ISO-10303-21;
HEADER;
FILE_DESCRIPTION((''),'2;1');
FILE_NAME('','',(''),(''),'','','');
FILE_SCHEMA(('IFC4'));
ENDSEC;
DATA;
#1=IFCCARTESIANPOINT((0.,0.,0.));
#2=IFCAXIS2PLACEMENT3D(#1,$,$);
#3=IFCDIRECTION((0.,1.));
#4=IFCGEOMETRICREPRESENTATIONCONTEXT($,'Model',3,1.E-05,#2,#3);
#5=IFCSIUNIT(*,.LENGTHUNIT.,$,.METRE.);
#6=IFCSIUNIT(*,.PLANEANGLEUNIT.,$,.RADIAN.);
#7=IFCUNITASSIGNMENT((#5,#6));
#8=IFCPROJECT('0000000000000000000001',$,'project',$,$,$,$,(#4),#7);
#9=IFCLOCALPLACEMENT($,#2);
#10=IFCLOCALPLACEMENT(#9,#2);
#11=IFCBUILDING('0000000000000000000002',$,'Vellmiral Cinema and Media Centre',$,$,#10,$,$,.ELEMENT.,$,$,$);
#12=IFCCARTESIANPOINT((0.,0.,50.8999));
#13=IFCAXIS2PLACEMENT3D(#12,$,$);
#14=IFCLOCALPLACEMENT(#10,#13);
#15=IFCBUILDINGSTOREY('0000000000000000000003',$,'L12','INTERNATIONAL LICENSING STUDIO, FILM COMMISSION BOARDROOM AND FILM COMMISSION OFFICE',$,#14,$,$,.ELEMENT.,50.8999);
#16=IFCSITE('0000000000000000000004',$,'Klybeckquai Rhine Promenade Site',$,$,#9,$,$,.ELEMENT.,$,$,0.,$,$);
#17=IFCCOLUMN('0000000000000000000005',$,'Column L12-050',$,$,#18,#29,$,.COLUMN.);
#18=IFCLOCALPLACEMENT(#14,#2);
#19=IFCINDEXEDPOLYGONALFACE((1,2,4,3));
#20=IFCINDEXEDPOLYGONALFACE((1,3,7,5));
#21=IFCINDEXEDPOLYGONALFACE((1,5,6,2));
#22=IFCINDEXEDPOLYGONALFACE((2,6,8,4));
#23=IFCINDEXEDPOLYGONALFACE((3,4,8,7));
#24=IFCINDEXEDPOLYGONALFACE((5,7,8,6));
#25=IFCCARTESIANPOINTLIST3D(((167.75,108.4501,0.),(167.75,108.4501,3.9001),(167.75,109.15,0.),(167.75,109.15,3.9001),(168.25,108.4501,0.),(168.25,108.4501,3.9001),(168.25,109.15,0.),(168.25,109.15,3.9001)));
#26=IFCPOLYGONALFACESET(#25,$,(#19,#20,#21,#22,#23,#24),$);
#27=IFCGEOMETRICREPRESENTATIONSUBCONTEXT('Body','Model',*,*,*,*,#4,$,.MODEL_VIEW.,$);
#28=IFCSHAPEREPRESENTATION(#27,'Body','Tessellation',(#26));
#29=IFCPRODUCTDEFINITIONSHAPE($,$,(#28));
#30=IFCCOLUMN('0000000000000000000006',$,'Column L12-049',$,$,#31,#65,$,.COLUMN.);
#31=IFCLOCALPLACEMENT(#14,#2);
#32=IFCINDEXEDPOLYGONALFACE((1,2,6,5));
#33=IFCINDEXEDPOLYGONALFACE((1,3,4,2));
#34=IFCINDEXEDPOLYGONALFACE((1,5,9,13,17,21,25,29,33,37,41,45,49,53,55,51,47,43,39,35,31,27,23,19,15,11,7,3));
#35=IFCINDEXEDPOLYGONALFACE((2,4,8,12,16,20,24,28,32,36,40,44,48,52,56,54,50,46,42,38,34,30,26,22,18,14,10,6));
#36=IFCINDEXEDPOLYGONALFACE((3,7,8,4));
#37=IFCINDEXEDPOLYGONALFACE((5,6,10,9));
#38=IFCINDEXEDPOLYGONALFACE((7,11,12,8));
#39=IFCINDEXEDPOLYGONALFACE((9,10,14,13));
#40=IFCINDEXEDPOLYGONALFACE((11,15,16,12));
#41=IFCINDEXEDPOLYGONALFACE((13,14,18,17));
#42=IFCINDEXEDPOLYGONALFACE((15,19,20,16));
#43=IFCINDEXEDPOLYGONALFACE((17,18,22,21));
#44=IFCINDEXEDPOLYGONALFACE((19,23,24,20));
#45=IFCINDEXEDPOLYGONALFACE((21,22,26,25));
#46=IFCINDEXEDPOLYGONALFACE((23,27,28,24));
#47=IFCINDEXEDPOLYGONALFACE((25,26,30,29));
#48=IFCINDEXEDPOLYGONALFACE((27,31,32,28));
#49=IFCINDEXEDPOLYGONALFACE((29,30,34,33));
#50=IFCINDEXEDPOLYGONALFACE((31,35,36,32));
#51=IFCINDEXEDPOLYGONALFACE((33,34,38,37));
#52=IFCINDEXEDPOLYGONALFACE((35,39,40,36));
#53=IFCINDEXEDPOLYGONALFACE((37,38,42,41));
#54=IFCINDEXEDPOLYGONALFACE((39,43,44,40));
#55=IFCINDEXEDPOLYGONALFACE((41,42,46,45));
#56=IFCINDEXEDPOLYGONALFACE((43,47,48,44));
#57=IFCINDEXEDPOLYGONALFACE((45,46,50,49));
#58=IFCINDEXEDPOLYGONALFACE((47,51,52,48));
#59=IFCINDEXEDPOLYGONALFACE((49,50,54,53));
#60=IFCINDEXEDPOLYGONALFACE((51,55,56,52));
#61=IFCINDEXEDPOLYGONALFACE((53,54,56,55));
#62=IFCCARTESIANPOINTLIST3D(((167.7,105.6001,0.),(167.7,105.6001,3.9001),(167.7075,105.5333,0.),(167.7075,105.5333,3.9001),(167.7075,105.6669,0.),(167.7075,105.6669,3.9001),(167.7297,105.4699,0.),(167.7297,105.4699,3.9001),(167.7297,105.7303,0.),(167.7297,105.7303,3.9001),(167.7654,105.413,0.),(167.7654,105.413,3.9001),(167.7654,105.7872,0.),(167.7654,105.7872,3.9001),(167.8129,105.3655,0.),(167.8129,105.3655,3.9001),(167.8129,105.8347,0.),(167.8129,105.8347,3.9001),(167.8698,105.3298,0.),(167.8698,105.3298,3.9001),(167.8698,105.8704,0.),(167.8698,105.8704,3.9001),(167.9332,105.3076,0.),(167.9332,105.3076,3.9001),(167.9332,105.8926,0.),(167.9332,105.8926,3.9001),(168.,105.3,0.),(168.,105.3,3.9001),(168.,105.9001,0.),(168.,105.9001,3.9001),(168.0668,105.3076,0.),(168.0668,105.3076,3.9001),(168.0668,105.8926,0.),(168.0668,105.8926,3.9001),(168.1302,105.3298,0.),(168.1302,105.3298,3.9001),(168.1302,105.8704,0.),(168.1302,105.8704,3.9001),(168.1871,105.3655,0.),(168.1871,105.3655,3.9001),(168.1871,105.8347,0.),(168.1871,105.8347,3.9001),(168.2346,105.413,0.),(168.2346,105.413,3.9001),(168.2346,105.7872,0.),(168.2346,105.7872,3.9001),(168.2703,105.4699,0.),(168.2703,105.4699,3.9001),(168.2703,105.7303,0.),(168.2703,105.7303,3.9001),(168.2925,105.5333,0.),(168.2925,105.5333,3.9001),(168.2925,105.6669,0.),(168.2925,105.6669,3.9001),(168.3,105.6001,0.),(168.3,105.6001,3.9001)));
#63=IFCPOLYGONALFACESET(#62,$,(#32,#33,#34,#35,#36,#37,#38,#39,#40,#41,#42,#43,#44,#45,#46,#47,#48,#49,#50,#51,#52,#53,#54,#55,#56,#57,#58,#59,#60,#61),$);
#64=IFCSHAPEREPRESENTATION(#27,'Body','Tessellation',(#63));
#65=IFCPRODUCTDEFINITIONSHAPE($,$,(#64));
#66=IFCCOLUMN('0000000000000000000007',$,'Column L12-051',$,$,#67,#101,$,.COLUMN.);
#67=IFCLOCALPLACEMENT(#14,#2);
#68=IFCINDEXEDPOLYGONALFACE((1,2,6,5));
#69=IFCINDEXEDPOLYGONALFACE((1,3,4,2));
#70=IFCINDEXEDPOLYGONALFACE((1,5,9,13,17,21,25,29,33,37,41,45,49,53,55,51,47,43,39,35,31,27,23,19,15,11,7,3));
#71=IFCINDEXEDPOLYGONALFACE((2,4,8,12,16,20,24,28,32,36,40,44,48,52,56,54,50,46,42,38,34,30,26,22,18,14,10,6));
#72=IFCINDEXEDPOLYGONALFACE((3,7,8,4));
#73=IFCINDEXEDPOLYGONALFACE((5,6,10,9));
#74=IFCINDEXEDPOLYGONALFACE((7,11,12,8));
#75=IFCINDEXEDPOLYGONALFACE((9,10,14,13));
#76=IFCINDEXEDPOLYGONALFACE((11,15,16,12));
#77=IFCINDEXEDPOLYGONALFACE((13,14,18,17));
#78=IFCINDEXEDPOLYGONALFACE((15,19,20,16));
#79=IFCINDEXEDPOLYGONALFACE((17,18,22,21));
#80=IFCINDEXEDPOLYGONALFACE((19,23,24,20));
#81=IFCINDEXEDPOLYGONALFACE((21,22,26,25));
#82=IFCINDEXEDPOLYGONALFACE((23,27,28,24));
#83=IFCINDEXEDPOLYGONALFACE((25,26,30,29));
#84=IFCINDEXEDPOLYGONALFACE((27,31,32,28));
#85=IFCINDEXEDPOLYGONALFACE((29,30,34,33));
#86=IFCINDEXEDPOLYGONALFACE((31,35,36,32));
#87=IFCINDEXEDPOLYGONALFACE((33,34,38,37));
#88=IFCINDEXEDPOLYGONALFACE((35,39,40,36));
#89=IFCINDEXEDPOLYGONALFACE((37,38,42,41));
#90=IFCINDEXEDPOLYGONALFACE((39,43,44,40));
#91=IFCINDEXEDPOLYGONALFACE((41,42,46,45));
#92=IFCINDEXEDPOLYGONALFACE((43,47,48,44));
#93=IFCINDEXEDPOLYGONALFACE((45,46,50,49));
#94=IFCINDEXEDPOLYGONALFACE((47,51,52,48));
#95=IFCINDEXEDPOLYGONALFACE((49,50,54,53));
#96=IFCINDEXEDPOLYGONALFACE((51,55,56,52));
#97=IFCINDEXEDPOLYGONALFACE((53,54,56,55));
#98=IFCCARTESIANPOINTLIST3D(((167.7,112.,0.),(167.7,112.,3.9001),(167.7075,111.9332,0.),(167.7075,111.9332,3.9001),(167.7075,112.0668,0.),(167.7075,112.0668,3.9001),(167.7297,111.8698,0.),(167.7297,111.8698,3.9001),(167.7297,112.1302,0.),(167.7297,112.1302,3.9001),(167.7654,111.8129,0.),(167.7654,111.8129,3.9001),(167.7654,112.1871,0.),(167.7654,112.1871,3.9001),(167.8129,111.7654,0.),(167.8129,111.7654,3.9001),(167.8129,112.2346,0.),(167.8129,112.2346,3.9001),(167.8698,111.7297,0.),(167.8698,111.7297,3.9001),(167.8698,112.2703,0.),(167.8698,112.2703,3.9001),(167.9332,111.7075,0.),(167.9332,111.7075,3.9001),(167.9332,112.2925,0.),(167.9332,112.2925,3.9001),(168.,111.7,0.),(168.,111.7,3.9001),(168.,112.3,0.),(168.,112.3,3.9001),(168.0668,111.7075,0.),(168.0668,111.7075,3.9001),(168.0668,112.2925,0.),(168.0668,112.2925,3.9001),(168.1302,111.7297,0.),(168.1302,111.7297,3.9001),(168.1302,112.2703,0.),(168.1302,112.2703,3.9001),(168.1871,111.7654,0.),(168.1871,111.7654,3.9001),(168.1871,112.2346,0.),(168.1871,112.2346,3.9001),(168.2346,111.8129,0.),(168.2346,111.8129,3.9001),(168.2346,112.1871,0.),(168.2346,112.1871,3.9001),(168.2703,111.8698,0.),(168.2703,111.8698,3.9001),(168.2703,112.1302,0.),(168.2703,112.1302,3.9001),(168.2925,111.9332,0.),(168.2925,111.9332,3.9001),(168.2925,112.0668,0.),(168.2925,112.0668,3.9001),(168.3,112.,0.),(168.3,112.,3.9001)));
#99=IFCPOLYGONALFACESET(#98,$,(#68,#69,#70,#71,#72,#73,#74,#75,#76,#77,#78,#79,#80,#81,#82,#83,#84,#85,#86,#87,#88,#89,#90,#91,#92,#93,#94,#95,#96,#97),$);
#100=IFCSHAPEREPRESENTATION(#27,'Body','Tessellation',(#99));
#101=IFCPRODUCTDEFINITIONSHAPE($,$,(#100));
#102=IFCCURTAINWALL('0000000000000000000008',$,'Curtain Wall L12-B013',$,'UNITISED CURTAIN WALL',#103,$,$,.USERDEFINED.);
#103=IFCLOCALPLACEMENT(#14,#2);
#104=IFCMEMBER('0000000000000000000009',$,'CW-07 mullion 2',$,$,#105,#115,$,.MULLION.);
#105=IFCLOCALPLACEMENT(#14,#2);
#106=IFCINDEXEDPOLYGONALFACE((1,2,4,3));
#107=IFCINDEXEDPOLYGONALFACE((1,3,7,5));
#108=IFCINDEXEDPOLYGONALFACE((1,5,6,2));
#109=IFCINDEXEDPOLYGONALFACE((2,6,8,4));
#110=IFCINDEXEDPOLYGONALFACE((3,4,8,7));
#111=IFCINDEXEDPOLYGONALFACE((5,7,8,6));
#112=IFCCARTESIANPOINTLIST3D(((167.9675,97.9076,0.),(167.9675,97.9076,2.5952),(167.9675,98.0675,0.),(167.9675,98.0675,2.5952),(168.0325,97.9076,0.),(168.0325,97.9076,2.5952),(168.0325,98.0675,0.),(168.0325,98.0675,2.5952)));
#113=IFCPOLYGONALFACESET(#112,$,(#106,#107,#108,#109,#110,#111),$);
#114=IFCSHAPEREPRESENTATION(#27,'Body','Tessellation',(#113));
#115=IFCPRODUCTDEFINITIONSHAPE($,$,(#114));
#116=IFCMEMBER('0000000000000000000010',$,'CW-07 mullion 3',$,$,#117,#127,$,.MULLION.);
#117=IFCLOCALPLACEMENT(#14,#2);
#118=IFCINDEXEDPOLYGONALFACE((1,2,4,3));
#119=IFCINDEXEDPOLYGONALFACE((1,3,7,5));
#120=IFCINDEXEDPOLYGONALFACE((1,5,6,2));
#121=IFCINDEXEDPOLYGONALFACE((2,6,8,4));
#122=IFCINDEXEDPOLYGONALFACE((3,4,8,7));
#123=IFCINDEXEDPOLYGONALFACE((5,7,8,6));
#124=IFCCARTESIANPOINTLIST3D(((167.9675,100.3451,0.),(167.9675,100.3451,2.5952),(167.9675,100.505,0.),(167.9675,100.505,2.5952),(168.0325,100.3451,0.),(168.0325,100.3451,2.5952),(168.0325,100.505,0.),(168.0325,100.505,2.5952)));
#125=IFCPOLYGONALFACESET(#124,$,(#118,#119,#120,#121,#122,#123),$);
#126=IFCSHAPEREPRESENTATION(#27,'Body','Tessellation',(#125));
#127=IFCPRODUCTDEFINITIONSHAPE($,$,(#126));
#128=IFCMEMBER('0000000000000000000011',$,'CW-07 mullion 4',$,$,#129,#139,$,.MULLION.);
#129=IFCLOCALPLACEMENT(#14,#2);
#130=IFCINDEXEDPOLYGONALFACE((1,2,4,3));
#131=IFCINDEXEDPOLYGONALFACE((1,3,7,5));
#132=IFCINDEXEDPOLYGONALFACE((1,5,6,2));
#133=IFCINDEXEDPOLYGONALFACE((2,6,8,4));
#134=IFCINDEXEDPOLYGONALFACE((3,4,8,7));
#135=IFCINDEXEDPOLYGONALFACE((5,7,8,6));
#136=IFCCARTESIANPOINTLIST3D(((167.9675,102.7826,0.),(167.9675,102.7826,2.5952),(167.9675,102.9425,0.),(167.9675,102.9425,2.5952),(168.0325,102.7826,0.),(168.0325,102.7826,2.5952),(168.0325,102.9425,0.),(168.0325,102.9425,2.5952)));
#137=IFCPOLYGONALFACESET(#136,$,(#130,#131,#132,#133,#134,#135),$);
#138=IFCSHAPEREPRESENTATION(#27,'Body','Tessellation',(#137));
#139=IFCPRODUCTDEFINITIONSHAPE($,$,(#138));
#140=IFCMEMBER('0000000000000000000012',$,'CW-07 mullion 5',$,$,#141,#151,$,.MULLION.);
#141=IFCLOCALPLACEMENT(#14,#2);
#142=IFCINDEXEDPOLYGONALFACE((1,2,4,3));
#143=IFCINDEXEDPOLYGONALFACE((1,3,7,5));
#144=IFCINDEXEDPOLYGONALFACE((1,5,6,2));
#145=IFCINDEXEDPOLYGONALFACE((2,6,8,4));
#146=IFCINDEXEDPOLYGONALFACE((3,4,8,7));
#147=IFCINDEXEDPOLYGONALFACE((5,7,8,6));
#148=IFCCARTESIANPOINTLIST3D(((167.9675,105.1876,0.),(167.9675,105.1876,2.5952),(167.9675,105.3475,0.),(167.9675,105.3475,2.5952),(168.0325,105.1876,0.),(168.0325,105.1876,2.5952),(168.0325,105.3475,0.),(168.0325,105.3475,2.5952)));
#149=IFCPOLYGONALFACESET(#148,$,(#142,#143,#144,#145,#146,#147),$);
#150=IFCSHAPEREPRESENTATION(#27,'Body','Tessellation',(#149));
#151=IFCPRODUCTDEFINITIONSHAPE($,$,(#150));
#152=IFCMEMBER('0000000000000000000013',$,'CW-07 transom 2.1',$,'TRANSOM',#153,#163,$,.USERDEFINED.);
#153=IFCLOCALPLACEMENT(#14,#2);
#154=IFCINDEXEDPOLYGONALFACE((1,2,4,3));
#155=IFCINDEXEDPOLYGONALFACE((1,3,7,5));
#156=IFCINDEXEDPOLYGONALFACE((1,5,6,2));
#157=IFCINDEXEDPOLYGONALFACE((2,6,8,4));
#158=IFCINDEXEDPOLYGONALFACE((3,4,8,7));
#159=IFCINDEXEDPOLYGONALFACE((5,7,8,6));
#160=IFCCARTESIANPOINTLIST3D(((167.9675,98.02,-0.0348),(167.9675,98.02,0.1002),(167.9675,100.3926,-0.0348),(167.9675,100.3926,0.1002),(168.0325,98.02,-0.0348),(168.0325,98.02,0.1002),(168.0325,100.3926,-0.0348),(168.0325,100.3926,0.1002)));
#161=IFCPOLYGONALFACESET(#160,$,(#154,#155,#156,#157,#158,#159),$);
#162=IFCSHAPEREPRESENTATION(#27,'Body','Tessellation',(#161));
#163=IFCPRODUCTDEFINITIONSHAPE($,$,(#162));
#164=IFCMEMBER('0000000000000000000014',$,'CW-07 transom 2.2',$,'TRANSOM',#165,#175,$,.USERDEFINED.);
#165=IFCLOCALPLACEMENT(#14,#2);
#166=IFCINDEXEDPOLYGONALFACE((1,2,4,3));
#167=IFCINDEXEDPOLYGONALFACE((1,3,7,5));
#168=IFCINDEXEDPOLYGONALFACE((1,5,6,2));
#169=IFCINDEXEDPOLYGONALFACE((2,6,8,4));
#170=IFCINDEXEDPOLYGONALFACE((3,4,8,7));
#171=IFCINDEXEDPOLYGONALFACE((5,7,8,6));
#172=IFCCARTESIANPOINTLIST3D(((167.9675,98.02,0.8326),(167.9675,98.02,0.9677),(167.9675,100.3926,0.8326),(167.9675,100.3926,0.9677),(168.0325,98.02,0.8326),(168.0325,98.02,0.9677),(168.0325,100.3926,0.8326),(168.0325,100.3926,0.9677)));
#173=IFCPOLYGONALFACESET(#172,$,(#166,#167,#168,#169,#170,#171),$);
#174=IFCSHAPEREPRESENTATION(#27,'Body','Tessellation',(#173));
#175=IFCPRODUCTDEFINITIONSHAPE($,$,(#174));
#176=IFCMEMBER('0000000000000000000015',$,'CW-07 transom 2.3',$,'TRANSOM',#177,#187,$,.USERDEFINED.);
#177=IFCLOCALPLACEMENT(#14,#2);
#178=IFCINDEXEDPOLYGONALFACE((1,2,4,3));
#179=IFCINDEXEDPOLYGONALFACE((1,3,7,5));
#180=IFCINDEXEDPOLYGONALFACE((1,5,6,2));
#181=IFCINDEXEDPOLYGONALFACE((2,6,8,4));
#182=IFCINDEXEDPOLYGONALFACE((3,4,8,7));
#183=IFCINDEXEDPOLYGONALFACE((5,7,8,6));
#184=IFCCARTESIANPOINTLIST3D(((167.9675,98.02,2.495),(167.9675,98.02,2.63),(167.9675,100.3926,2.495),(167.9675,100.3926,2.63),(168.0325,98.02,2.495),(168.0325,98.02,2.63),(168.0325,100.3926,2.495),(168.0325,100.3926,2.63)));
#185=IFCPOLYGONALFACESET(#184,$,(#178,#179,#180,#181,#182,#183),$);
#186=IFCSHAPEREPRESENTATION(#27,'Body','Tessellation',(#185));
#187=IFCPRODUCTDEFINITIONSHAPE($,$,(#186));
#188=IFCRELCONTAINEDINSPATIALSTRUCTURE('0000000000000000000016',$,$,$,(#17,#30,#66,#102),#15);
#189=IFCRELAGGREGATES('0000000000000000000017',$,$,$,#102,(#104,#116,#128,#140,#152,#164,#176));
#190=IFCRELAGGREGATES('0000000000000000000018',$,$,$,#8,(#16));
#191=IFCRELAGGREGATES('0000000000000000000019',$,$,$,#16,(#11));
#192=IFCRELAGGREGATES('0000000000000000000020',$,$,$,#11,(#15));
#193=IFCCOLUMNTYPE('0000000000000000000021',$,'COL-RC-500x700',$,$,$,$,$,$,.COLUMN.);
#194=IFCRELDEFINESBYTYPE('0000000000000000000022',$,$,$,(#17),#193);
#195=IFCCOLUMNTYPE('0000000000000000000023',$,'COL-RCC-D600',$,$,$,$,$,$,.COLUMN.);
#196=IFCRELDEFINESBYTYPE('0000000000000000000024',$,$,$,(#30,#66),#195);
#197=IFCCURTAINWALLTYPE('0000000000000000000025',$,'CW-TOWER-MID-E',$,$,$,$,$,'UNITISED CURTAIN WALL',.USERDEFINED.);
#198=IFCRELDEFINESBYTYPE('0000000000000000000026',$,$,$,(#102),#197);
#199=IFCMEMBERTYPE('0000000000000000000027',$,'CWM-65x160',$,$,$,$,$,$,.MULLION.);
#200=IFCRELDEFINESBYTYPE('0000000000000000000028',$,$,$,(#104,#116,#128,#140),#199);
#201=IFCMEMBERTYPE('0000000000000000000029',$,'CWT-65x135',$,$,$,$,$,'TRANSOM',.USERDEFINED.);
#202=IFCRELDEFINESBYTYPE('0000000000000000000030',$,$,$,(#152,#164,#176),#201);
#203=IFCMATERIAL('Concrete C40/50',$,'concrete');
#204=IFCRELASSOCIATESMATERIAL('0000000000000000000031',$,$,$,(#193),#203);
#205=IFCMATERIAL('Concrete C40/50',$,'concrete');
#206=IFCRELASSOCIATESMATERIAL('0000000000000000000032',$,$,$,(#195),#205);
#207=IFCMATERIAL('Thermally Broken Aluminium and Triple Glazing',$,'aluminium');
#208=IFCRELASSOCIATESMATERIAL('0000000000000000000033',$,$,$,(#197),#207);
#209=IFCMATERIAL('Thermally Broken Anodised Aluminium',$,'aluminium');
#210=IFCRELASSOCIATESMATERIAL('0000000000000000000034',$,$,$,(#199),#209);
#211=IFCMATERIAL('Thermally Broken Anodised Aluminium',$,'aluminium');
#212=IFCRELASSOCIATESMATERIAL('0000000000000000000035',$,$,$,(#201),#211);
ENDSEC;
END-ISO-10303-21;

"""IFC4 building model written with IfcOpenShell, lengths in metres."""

from ifc_helpers import new_model, si_unit, direction, frame, origin, origin_2d, place, context, subcontext, project, spatial, rectangle, circle, extrude, material, material_profile, profile_set, type_object, element, aggregate, save


model = new_model("IFC4")

# Units and contexts
model_context = context("Model", 3, precision=1e-05, world=origin(), true_north=direction((0.0, 1.0)))
body_context = subcontext(model_context, "Body", "Model", "MODEL_VIEW")
ifc_project = project(units=[si_unit("LENGTHUNIT", "METRE"), si_unit("PLANEANGLEUNIT", "RADIAN")], contexts=[model_context])

# Site, building, storey
site_placement = place(None, origin())
site = spatial("IfcSite", under=ifc_project, at=site_placement, Name="Klybeckquai Rhine Promenade Site", CompositionType="ELEMENT", RefElevation=0.0)
building_placement = place(site_placement, origin())
building = spatial("IfcBuilding", under=site, at=building_placement, Name="Vellmiral Cinema and Media Centre", CompositionType="ELEMENT")
storey_placement = place(building_placement, frame((0.0, 0.0, 50.8999)))
storey = spatial("IfcBuildingStorey", under=building, at=storey_placement, Name="L12", Description="INTERNATIONAL LICENSING STUDIO, FILM COMMISSION BOARDROOM AND FILM COMMISSION OFFICE", CompositionType="ELEMENT", Elevation=50.8999)

# Columns
ifc_material_1 = material(Name="Concrete C40/50", Category="concrete")
ifc_material_profile_1 = material_profile(ifc_material_1, rectangle(XDim=0.5, YDim=0.7, at=origin_2d()), Name="RC 500x700")
ifc_profile_set_1 = profile_set([ifc_material_profile_1], Name="Concrete C40/50")
column_type_1 = type_object("IfcColumnType", Name="COL-RC-500x700", PredefinedType="COLUMN", material=ifc_profile_set_1)
column_placement = place(storey_placement, frame((168.0, 108.8, 0.0), z_axis=(0.0, 0.0, 1.0), x_axis=(1.0, 0.0, 0.0)))
element("IfcColumn", 1, at=column_placement, inside=storey, type_object=column_type_1, Name="Column L12-050", PredefinedType="COLUMN", context=body_context, shape_type="SweptSolid", body=[
    extrude(rectangle(XDim=0.5, YDim=0.7, at=origin_2d()), origin(), (0.0, 0.0, 1.0), 3.9001),
])
ifc_material_2 = material(Name="Concrete C40/50", Category="concrete")
ifc_material_profile_2 = material_profile(ifc_material_2, circle(Radius=0.3, at=origin_2d()), Name="RC D600")
ifc_profile_set_2 = profile_set([ifc_material_profile_2], Name="Concrete C40/50")
column_type_2 = type_object("IfcColumnType", Name="COL-RCC-D600", PredefinedType="COLUMN", material=ifc_profile_set_2)
for number, where, z_axis, x_axis, name in (
    (2, (168.0, 105.6001, 0.0), (0.0, 0.0, 1.0), (1.0, 0.0, 0.0), "Column L12-049"),
    (3, (168.0, 112.0, 0.0), (0.0, 0.0, 1.0), (1.0, 0.0, 0.0), "Column L12-051"),
):
    element("IfcColumn", number, at=place(storey_placement, frame(where, z_axis=z_axis, x_axis=x_axis)), inside=storey, type_object=column_type_2, Name=name, PredefinedType="COLUMN", context=body_context, shape_type="SweptSolid", body=[
        extrude(circle(Radius=0.3, at=origin_2d()), origin(), (0.0, 0.0, 1.0), 3.9001),
    ])

# Curtain wall, members
ifc_material_3 = material(Name="Thermally Broken Aluminium and Triple Glazing", Category="aluminium")
curtain_wall_type = type_object("IfcCurtainWallType", Name="CW-TOWER-MID-E", ElementType="UNITISED CURTAIN WALL", PredefinedType="USERDEFINED", material=ifc_material_3)
curtain_wall_placement = place(storey_placement, origin())
curtain_wall = element("IfcCurtainWall", 4, at=curtain_wall_placement, inside=storey, type_object=curtain_wall_type, Name="Curtain Wall L12-B013", ObjectType="UNITISED CURTAIN WALL", PredefinedType="USERDEFINED")
ifc_material_4 = material(Name="Thermally Broken Anodised Aluminium", Category="aluminium")
ifc_material_profile_3 = material_profile(ifc_material_4, rectangle(XDim=0.0649, YDim=0.1599, at=origin_2d()), Name="MULL 65x160")
ifc_profile_set_3 = profile_set([ifc_material_profile_3], Name="Thermally Broken Anodised Aluminium")
member_type_1 = type_object("IfcMemberType", Name="CWM-65x160", PredefinedType="MULLION", material=ifc_profile_set_3)
member_1_placement = place(storey_placement, frame((168.0, 97.9875, 0.0), z_axis=(0.0, 0.0, 1.0), x_axis=(-1.0, 0.0, 0.0)))
member_1 = element("IfcMember", 5, at=member_1_placement, type_object=member_type_1, Name="CW-07 mullion 2", PredefinedType="MULLION", context=body_context, shape_type="SweptSolid", body=[
    extrude(rectangle(XDim=0.0649, YDim=0.1599, at=origin_2d()), origin(), (0.0, 0.0, 1.0), 2.5952),
])
member_2_placement = place(storey_placement, frame((168.0, 100.425, 0.0), z_axis=(0.0, 0.0, 1.0), x_axis=(-1.0, 0.0, 0.0)))
member_2 = element("IfcMember", 6, at=member_2_placement, type_object=member_type_1, Name="CW-07 mullion 3", PredefinedType="MULLION", context=body_context, shape_type="SweptSolid", body=[
    extrude(rectangle(XDim=0.0649, YDim=0.1599, at=origin_2d()), origin(), (0.0, 0.0, 1.0), 2.5952),
])
member_3_placement = place(storey_placement, frame((168.0, 102.8625, 0.0), z_axis=(0.0, 0.0, 1.0), x_axis=(-1.0, 0.0, 0.0)))
member_3 = element("IfcMember", 7, at=member_3_placement, type_object=member_type_1, Name="CW-07 mullion 4", PredefinedType="MULLION", context=body_context, shape_type="SweptSolid", body=[
    extrude(rectangle(XDim=0.0649, YDim=0.1599, at=origin_2d()), origin(), (0.0, 0.0, 1.0), 2.5952),
])
member_4_placement = place(storey_placement, frame((168.0, 105.2676, 0.0), z_axis=(0.0, 0.0, 1.0), x_axis=(-1.0, 0.0, 0.0)))
member_4 = element("IfcMember", 8, at=member_4_placement, type_object=member_type_1, Name="CW-07 mullion 5", PredefinedType="MULLION", context=body_context, shape_type="SweptSolid", body=[
    extrude(rectangle(XDim=0.0649, YDim=0.1599, at=origin_2d()), origin(), (0.0, 0.0, 1.0), 2.5952),
])
ifc_material_5 = material(Name="Thermally Broken Anodised Aluminium", Category="aluminium")
ifc_material_profile_4 = material_profile(ifc_material_5, rectangle(XDim=0.0649, YDim=0.135, at=origin_2d()), Name="MULL 65x135")
ifc_profile_set_4 = profile_set([ifc_material_profile_4], Name="Thermally Broken Anodised Aluminium")
member_type_2 = type_object("IfcMemberType", Name="CWT-65x135", ElementType="TRANSOM", PredefinedType="USERDEFINED", material=ifc_profile_set_4)
member_5_placement = place(storey_placement, frame((168.0, 98.02, 0.0327), z_axis=(0.0, 1.0, 0.0), x_axis=(-1.0, 0.0, 0.0)))
member_5 = element("IfcMember", 9, at=member_5_placement, type_object=member_type_2, Name="CW-07 transom 2.1", ObjectType="TRANSOM", PredefinedType="USERDEFINED", context=body_context, shape_type="SweptSolid", body=[
    extrude(rectangle(XDim=0.0649, YDim=0.135, at=origin_2d()), origin(), (0.0, 0.0, 1.0), 2.3726),
])
member_6_placement = place(storey_placement, frame((168.0, 98.02, 0.9001), z_axis=(0.0, 1.0, 0.0), x_axis=(-1.0, 0.0, 0.0)))
member_6 = element("IfcMember", 10, at=member_6_placement, type_object=member_type_2, Name="CW-07 transom 2.2", ObjectType="TRANSOM", PredefinedType="USERDEFINED", context=body_context, shape_type="SweptSolid", body=[
    extrude(rectangle(XDim=0.0649, YDim=0.135, at=origin_2d()), origin(), (0.0, 0.0, 1.0), 2.3726),
])
member_7_placement = place(storey_placement, frame((168.0, 98.02, 2.5625), z_axis=(0.0, 1.0, 0.0), x_axis=(-1.0, 0.0, 0.0)))
member_7 = element("IfcMember", 11, at=member_7_placement, type_object=member_type_2, Name="CW-07 transom 2.3", ObjectType="TRANSOM", PredefinedType="USERDEFINED", context=body_context, shape_type="SweptSolid", body=[
    extrude(rectangle(XDim=0.0649, YDim=0.135, at=origin_2d()), origin(), (0.0, 0.0, 1.0), 2.3726),
])
aggregate(curtain_wall, [member_1, member_2, member_3, member_4, member_5, member_6, member_7])

save(model, "model.ifc")
